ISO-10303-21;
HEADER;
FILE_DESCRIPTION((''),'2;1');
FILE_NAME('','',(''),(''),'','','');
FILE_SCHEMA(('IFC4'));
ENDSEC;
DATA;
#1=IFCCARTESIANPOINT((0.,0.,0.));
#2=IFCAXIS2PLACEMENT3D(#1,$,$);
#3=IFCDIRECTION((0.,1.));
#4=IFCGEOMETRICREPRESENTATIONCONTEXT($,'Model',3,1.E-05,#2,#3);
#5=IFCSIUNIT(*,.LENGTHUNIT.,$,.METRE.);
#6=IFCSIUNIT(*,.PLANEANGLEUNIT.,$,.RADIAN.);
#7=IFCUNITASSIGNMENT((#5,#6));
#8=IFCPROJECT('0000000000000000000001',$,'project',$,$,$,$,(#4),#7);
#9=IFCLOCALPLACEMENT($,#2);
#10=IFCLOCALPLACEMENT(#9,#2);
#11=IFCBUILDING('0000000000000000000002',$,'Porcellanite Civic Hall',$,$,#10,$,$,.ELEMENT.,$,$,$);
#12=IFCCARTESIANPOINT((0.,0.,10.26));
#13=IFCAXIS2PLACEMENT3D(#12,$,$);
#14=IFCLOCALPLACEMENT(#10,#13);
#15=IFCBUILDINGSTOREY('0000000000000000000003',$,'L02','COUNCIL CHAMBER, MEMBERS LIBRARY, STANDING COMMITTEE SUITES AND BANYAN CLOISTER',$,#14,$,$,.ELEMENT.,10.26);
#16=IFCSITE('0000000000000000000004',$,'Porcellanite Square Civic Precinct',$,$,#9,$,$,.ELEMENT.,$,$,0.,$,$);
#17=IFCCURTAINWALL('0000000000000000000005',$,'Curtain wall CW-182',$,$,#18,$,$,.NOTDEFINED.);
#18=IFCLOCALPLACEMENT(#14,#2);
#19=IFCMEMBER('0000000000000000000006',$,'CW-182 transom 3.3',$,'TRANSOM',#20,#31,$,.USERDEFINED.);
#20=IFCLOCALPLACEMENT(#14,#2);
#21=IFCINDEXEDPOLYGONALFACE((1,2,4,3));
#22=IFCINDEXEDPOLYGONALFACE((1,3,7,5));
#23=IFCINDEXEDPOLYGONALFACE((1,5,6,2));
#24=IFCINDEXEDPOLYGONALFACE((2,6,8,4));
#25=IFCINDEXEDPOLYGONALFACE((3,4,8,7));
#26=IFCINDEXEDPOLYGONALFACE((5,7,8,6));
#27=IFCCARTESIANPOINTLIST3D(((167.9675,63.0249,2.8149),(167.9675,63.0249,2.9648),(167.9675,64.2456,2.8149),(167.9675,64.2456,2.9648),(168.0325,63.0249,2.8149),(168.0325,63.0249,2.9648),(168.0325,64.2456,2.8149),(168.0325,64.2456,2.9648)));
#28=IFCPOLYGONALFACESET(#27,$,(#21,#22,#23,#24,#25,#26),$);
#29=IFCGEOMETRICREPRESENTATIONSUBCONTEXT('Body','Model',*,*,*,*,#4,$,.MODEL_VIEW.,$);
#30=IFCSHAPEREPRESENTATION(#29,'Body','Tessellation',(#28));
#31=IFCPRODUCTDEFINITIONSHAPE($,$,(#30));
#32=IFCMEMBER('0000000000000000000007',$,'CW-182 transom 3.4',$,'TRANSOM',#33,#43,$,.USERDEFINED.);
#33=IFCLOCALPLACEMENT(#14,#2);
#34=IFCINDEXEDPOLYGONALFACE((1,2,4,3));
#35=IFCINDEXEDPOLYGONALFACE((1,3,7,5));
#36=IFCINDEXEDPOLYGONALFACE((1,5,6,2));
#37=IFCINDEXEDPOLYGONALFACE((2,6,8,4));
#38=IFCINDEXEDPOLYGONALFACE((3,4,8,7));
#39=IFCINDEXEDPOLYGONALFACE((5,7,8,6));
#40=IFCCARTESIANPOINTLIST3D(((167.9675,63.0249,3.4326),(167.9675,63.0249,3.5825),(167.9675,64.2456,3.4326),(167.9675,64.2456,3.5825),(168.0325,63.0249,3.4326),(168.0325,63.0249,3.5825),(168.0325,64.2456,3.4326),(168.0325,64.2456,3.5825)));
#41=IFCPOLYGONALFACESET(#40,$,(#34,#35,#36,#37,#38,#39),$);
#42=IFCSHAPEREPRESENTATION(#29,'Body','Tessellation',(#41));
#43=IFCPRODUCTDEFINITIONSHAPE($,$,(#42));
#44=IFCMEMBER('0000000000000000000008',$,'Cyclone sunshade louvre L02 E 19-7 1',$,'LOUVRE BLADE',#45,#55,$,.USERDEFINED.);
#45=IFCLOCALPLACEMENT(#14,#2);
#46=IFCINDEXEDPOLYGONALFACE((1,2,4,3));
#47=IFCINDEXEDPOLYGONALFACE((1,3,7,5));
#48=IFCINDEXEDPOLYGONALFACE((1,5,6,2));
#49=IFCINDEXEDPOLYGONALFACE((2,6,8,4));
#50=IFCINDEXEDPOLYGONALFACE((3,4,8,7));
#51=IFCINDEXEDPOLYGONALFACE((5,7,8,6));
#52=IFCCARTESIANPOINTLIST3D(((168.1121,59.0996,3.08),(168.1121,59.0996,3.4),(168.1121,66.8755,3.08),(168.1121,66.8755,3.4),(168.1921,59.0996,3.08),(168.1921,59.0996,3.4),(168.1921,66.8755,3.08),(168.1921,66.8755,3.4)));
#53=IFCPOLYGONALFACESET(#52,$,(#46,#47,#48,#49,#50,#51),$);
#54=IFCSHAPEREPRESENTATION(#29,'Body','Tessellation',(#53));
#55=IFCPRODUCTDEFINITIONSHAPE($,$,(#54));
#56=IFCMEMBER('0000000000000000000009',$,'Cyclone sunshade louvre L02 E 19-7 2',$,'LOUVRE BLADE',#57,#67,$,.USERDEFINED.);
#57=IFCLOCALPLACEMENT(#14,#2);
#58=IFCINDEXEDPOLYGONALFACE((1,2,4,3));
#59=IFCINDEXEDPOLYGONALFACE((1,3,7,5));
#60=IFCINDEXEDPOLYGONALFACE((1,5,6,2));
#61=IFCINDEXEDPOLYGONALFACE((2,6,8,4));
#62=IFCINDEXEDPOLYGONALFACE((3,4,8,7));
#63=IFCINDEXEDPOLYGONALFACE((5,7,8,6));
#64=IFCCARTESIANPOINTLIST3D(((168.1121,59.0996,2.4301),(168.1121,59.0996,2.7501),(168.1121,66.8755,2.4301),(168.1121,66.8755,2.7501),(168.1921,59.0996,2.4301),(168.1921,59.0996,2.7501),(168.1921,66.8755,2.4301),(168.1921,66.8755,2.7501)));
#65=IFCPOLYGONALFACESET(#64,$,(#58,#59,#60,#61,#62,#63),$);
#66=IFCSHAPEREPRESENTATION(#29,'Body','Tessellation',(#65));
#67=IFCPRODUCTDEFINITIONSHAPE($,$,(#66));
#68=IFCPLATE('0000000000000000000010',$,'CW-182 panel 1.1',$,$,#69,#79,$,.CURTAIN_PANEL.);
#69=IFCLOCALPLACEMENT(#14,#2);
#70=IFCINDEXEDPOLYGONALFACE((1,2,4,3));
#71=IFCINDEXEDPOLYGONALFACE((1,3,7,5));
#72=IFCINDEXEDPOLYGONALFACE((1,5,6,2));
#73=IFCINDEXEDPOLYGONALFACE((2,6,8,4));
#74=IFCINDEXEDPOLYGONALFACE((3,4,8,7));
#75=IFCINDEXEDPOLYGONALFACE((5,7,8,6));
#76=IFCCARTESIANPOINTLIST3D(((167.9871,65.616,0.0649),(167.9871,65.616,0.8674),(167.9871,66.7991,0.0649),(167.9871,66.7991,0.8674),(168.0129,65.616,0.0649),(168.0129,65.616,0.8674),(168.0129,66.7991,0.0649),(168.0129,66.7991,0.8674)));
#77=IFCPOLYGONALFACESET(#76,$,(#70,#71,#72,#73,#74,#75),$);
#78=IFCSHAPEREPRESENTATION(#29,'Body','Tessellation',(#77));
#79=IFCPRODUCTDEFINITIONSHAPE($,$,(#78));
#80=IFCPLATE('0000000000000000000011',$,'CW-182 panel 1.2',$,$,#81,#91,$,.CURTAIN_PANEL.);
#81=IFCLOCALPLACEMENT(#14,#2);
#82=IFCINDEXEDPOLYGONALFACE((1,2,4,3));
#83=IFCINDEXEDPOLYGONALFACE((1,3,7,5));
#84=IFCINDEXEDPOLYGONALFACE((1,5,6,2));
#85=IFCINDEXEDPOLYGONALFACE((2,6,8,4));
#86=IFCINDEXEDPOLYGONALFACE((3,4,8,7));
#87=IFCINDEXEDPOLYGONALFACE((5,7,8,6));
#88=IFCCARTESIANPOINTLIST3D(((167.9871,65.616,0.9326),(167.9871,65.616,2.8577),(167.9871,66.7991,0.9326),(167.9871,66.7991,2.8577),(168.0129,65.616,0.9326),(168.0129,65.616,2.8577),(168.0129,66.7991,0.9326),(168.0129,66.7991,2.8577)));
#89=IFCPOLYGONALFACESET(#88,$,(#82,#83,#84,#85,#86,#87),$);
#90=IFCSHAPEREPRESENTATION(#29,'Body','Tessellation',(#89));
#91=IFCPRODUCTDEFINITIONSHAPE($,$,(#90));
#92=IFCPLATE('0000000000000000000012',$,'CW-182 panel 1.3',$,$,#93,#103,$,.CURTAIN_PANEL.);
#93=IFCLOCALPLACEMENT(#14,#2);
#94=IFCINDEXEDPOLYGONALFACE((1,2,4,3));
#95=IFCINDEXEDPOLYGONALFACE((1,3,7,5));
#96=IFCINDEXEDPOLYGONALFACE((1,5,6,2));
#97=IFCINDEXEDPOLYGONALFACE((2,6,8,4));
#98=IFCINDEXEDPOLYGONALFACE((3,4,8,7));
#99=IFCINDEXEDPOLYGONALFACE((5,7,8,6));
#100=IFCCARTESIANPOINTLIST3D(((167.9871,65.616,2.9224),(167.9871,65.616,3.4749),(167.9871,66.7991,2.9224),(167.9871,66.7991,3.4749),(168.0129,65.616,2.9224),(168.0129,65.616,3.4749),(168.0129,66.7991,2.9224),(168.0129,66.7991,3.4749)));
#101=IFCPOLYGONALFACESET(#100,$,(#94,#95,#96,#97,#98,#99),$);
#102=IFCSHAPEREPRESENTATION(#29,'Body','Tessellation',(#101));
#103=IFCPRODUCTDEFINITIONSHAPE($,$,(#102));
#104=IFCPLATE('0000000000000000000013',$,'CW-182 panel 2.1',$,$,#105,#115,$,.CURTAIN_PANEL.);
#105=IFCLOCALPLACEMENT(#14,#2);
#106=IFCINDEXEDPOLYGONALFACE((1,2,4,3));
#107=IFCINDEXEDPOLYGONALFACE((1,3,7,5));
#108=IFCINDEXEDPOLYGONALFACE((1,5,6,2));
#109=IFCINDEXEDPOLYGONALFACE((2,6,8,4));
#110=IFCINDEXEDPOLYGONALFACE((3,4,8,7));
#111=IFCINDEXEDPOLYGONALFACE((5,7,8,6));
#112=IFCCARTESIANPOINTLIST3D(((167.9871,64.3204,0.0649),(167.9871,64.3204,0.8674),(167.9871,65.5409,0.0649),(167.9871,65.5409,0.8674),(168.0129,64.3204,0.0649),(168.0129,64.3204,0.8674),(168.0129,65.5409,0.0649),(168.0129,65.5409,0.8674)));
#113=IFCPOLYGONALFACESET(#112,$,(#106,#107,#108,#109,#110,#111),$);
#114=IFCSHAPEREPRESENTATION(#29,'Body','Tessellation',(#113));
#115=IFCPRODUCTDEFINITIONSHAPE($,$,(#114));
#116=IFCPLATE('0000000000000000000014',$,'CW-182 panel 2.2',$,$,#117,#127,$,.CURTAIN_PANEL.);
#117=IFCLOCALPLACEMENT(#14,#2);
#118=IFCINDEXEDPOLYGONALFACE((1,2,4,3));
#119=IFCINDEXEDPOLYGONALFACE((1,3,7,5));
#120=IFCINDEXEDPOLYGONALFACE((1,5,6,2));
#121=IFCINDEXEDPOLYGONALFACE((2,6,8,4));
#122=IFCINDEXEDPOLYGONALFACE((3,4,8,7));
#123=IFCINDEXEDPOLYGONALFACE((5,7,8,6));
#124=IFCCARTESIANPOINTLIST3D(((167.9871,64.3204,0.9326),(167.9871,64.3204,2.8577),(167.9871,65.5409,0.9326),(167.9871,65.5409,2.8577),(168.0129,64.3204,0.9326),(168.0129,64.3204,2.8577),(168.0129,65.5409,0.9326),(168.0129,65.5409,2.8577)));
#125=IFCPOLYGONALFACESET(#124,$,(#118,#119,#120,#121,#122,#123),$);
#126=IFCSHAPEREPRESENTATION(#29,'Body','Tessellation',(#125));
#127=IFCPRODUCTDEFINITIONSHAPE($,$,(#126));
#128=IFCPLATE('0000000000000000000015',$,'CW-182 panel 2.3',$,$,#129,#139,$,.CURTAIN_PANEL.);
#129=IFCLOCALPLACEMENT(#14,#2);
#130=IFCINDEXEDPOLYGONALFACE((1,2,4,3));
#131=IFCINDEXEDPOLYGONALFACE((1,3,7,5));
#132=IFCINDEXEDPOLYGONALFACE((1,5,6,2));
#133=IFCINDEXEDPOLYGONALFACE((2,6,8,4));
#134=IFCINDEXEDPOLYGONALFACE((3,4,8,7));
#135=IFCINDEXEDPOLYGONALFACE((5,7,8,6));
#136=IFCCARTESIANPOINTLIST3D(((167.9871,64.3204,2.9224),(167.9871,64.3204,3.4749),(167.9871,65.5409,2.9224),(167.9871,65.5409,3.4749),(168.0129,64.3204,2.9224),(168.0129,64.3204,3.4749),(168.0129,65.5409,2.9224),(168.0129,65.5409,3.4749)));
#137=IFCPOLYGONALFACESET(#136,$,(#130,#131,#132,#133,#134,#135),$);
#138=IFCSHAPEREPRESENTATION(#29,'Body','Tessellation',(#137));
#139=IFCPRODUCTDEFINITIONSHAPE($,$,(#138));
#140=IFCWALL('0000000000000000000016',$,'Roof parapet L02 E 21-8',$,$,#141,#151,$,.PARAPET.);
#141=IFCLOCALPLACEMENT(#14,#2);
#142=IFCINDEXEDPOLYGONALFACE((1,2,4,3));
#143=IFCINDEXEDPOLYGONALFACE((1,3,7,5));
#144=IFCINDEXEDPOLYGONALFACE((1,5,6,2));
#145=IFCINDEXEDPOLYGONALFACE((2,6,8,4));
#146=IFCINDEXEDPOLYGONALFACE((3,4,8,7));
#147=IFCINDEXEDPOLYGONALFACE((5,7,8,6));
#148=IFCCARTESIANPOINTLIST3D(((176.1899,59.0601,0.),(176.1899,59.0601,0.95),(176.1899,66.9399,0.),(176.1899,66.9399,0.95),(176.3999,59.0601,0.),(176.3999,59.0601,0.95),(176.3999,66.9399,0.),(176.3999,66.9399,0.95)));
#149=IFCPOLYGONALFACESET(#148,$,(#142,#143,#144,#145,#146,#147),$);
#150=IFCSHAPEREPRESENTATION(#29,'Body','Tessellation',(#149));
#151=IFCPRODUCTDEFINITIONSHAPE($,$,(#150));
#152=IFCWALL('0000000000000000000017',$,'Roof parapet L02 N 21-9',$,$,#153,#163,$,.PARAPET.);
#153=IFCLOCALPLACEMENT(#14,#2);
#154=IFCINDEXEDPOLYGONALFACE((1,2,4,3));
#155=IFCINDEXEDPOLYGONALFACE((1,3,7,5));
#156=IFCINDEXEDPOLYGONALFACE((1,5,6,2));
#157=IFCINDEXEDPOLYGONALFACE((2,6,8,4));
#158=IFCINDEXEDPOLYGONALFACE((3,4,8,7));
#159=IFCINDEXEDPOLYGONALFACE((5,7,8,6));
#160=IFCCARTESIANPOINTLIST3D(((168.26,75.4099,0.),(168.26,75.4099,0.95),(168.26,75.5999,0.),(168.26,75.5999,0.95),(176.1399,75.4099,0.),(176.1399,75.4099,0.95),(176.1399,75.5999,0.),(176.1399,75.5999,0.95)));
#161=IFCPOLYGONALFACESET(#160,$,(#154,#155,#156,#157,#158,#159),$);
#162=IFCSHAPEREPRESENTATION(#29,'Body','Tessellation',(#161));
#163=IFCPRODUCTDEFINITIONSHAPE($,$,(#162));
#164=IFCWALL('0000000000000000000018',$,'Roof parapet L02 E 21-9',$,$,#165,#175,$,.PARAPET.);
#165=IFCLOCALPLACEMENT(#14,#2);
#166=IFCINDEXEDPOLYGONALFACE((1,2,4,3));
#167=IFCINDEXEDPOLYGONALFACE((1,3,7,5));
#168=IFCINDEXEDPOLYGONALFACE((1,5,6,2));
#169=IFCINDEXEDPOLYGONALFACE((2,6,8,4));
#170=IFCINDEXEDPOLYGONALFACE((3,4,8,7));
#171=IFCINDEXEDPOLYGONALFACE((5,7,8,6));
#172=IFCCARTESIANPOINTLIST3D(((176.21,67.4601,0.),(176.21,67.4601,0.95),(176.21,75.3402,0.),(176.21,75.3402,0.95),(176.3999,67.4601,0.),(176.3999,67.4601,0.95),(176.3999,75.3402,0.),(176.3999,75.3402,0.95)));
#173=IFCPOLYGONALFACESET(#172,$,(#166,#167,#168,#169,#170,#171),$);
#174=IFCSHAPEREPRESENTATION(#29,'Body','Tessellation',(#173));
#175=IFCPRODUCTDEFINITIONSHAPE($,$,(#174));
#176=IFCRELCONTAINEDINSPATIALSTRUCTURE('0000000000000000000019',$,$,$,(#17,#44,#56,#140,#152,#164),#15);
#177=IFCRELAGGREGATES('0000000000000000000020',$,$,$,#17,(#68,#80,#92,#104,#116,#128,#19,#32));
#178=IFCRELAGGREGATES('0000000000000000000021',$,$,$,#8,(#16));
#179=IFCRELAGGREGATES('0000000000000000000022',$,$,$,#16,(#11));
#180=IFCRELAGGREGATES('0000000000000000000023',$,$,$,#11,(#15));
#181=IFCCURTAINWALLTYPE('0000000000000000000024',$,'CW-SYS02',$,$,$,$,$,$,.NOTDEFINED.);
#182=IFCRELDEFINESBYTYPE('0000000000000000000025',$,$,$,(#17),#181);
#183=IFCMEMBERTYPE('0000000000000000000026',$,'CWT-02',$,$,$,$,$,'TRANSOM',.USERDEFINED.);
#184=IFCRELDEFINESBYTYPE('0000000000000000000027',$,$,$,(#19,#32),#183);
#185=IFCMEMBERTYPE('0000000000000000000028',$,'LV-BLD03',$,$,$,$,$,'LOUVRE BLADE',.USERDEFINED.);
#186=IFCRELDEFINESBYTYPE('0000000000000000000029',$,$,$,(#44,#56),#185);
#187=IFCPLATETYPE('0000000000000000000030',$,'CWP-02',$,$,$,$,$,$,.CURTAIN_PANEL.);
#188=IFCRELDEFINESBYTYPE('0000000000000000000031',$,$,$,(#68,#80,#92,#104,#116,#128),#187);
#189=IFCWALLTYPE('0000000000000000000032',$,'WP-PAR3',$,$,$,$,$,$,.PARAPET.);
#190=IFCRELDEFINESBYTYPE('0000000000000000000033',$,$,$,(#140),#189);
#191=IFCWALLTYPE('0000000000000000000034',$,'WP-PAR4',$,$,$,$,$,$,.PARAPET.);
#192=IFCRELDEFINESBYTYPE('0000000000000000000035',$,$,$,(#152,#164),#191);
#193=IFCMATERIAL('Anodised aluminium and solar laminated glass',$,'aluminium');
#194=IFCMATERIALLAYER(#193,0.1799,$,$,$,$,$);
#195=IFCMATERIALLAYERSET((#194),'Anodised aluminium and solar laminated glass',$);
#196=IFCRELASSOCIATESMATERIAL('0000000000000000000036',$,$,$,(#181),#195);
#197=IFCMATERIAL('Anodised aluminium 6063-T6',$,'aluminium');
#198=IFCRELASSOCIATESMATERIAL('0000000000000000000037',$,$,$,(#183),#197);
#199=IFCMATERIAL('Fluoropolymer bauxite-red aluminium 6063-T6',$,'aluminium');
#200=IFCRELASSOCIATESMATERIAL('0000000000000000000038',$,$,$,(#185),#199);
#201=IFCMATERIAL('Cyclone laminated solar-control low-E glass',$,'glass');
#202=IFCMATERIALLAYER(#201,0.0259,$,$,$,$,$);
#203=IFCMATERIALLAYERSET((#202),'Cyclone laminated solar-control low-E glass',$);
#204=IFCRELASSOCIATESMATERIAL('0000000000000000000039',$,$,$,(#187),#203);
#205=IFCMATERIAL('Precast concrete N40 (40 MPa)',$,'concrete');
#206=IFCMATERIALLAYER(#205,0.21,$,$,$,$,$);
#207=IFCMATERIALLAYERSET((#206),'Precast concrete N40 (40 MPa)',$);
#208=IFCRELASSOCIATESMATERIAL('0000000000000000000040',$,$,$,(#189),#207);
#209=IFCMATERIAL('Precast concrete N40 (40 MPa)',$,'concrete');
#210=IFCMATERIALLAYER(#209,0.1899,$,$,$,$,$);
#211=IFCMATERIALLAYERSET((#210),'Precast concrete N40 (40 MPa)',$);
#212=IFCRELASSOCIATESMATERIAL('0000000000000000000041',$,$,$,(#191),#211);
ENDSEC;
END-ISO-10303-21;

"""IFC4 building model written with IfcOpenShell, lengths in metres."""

from ifc_helpers import new_model, si_unit, direction, frame, frame_2d, origin, origin_2d, place, context, subcontext, project, spatial, rectangle, extrude, material, layer, layer_set, material_profile, profile_set, type_object, element, aggregate, save


model = new_model("IFC4")

# Units and contexts
model_context = context("Model", 3, precision=1e-05, world=origin(), true_north=direction((0.0, 1.0)))
body_context = subcontext(model_context, "Body", "Model", "MODEL_VIEW")
ifc_project = project(units=[si_unit("LENGTHUNIT", "METRE"), si_unit("PLANEANGLEUNIT", "RADIAN")], contexts=[model_context])

# Site, building, storey
site_placement = place(None, origin())
site = spatial("IfcSite", under=ifc_project, at=site_placement, Name="Porcellanite Square Civic Precinct", CompositionType="ELEMENT", RefElevation=0.0)
building_placement = place(site_placement, origin())
building = spatial("IfcBuilding", under=site, at=building_placement, Name="Porcellanite Civic Hall", CompositionType="ELEMENT")
storey_placement = place(building_placement, frame((0.0, 0.0, 10.26)))
storey = spatial("IfcBuildingStorey", under=building, at=storey_placement, Name="L02", Description="COUNCIL CHAMBER, MEMBERS LIBRARY, STANDING COMMITTEE SUITES AND BANYAN CLOISTER", CompositionType="ELEMENT", Elevation=10.26)

# Curtain wall, members
ifc_material_1 = material(Name="Anodised aluminium and solar laminated glass", Category="aluminium")
ifc_layer_1 = layer(ifc_material_1, 0.1799)
ifc_layer_set_1 = layer_set([ifc_layer_1], Name="Anodised aluminium and solar laminated glass")
curtain_wall_type = type_object("IfcCurtainWallType", Name="CW-SYS02", PredefinedType="NOTDEFINED", material=ifc_layer_set_1)
curtain_wall_placement = place(storey_placement, origin())
curtain_wall = element("IfcCurtainWall", 1, at=curtain_wall_placement, inside=storey, type_object=curtain_wall_type, Name="Curtain wall CW-182", PredefinedType="NOTDEFINED")
ifc_material_2 = material(Name="Anodised aluminium 6063-T6", Category="aluminium")
ifc_material_profile_1 = material_profile(ifc_material_2, rectangle(XDim=0.0649, YDim=0.1499, at=origin_2d()), Name="AL-65x150")
ifc_profile_set_1 = profile_set([ifc_material_profile_1], Name="Anodised aluminium 6063-T6")
member_type_1 = type_object("IfcMemberType", Name="CWT-02", ElementType="TRANSOM", PredefinedType="USERDEFINED", material=ifc_profile_set_1)
member_1_placement = place(storey_placement, frame((168.0, 64.2456, 2.8899), z_axis=(0.0, -1.0, 0.0), x_axis=(1.0, 0.0, 0.0)))
member_1 = element("IfcMember", 2, at=member_1_placement, type_object=member_type_1, Name="CW-182 transom 3.3", ObjectType="TRANSOM", PredefinedType="USERDEFINED", context=body_context, shape_type="SweptSolid", body=[
    extrude(rectangle(XDim=0.0649, YDim=0.1499, at=origin_2d()), origin(), (0.0, 0.0, 1.0), 1.2207),
])
member_2_placement = place(storey_placement, frame((168.0, 64.2456, 3.5076), z_axis=(0.0, -1.0, 0.0), x_axis=(1.0, 0.0, 0.0)))
member_2 = element("IfcMember", 3, at=member_2_placement, type_object=member_type_1, Name="CW-182 transom 3.4", ObjectType="TRANSOM", PredefinedType="USERDEFINED", context=body_context, shape_type="SweptSolid", body=[
    extrude(rectangle(XDim=0.0649, YDim=0.1499, at=origin_2d()), origin(), (0.0, 0.0, 1.0), 1.2207),
])

# Members
ifc_material_3 = material(Name="Fluoropolymer bauxite-red aluminium 6063-T6", Category="aluminium")
ifc_material_profile_2 = material_profile(ifc_material_3, rectangle(XDim=0.0801, YDim=0.3201, at=origin_2d()), Name="AL-80x320")
ifc_profile_set_2 = profile_set([ifc_material_profile_2], Name="Fluoropolymer bauxite-red aluminium 6063-T6")
member_type_2 = type_object("IfcMemberType", Name="LV-BLD03", ElementType="LOUVRE BLADE", PredefinedType="USERDEFINED", material=ifc_profile_set_2)
for number, where, z_axis, x_axis, name in (
    (4, (168.1521, 66.8755, 3.24), (0.0, -1.0, 0.0), (1.0, 0.0, 0.0), "Cyclone sunshade louvre L02 E 19-7 1"),
    (5, (168.1521, 66.8755, 2.5901), (0.0, -1.0, 0.0), (1.0, 0.0, 0.0), "Cyclone sunshade louvre L02 E 19-7 2"),
):
    element("IfcMember", number, at=place(storey_placement, frame(where, z_axis=z_axis, x_axis=x_axis)), inside=storey, type_object=member_type_2, Name=name, ObjectType="LOUVRE BLADE", PredefinedType="USERDEFINED", context=body_context, shape_type="SweptSolid", body=[
        extrude(rectangle(XDim=0.0801, YDim=0.3201, at=origin_2d()), origin(), (0.0, 0.0, 1.0), 7.7759),
    ])

# Plates
ifc_material_4 = material(Name="Cyclone laminated solar-control low-E glass", Category="glass")
ifc_layer_2 = layer(ifc_material_4, 0.0259)
ifc_layer_set_2 = layer_set([ifc_layer_2], Name="Cyclone laminated solar-control low-E glass")
plate_type = type_object("IfcPlateType", Name="CWP-02", PredefinedType="CURTAIN_PANEL", material=ifc_layer_set_2)
plate_1_placement = place(storey_placement, frame((168.0, 66.2075, 0.0649), z_axis=(0.0, 0.0, 1.0), x_axis=(0.0, -1.0, 0.0)))
plate_1 = element("IfcPlate", 6, at=plate_1_placement, type_object=plate_type, Name="CW-182 panel 1.1", PredefinedType="CURTAIN_PANEL", context=body_context, shape_type="SweptSolid", body=[
    extrude(rectangle(XDim=1.1831, YDim=0.0259, at=origin_2d()), origin(), (0.0, 0.0, 1.0), 0.8025),
])
plate_2_placement = place(storey_placement, frame((168.0, 66.2075, 0.9326), z_axis=(0.0, 0.0, 1.0), x_axis=(0.0, -1.0, 0.0)))
plate_2 = element("IfcPlate", 7, at=plate_2_placement, type_object=plate_type, Name="CW-182 panel 1.2", PredefinedType="CURTAIN_PANEL", context=body_context, shape_type="SweptSolid", body=[
    extrude(rectangle(XDim=1.1831, YDim=0.0259, at=origin_2d()), origin(), (0.0, 0.0, 1.0), 1.925),
])
plate_3_placement = place(storey_placement, frame((168.0, 66.2075, 2.9224), z_axis=(0.0, 0.0, 1.0), x_axis=(0.0, -1.0, 0.0)))
plate_3 = element("IfcPlate", 8, at=plate_3_placement, type_object=plate_type, Name="CW-182 panel 1.3", PredefinedType="CURTAIN_PANEL", context=body_context, shape_type="SweptSolid", body=[
    extrude(rectangle(XDim=1.1831, YDim=0.0259, at=origin_2d()), origin(), (0.0, 0.0, 1.0), 0.5525),
])
plate_4_placement = place(storey_placement, frame((168.0, 64.9307, 0.0649), z_axis=(0.0, 0.0, 1.0), x_axis=(0.0, -1.0, 0.0)))
plate_4 = element("IfcPlate", 9, at=plate_4_placement, type_object=plate_type, Name="CW-182 panel 2.1", PredefinedType="CURTAIN_PANEL", context=body_context, shape_type="SweptSolid", body=[
    extrude(rectangle(XDim=1.2205, YDim=0.0259, at=origin_2d()), origin(), (0.0, 0.0, 1.0), 0.8025),
])
plate_5_placement = place(storey_placement, frame((168.0, 64.9307, 0.9326), z_axis=(0.0, 0.0, 1.0), x_axis=(0.0, -1.0, 0.0)))
plate_5 = element("IfcPlate", 10, at=plate_5_placement, type_object=plate_type, Name="CW-182 panel 2.2", PredefinedType="CURTAIN_PANEL", context=body_context, shape_type="SweptSolid", body=[
    extrude(rectangle(XDim=1.2205, YDim=0.0259, at=origin_2d()), origin(), (0.0, 0.0, 1.0), 1.925),
])
plate_6_placement = place(storey_placement, frame((168.0, 64.9307, 2.9224), z_axis=(0.0, 0.0, 1.0), x_axis=(0.0, -1.0, 0.0)))
plate_6 = element("IfcPlate", 11, at=plate_6_placement, type_object=plate_type, Name="CW-182 panel 2.3", PredefinedType="CURTAIN_PANEL", context=body_context, shape_type="SweptSolid", body=[
    extrude(rectangle(XDim=1.2205, YDim=0.0259, at=origin_2d()), origin(), (0.0, 0.0, 1.0), 0.5525),
])
aggregate(curtain_wall, [plate_1, plate_2, plate_3, plate_4, plate_5, plate_6, member_1, member_2])

# Walls
ifc_material_5 = material(Name="Precast concrete N40 (40 MPa)", Category="concrete")
ifc_layer_3 = layer(ifc_material_5, 0.21)
ifc_layer_set_3 = layer_set([ifc_layer_3], Name="Precast concrete N40 (40 MPa)")
wall_type_1 = type_object("IfcWallType", Name="WP-PAR3", PredefinedType="PARAPET", material=ifc_layer_set_3)
wall_1_placement = place(storey_placement, frame((176.2949, 66.9399, 0.0), z_axis=(0.0, 0.0, 1.0), x_axis=(0.0, -1.0, 0.0)))
element("IfcWall", 12, at=wall_1_placement, inside=storey, type_object=wall_type_1, Name="Roof parapet L02 E 21-8", PredefinedType="PARAPET", context=body_context, shape_type="SweptSolid", body=[
    extrude(rectangle(XDim=7.8799, YDim=0.21, at=frame_2d((3.9399, 0.0))), origin(), (0.0, 0.0, 1.0), 0.95),
])
ifc_material_6 = material(Name="Precast concrete N40 (40 MPa)", Category="concrete")
ifc_layer_4 = layer(ifc_material_6, 0.1899)
ifc_layer_set_4 = layer_set([ifc_layer_4], Name="Precast concrete N40 (40 MPa)")
wall_type_2 = type_object("IfcWallType", Name="WP-PAR4", PredefinedType="PARAPET", material=ifc_layer_set_4)
wall_2_placement = place(storey_placement, frame((168.26, 75.5049, 0.0), z_axis=(0.0, 0.0, 1.0), x_axis=(1.0, 0.0, 0.0)))
element("IfcWall", 13, at=wall_2_placement, inside=storey, type_object=wall_type_2, Name="Roof parapet L02 N 21-9", PredefinedType="PARAPET", context=body_context, shape_type="SweptSolid", body=[
    extrude(rectangle(XDim=7.8799, YDim=0.1899, at=frame_2d((3.9399, 0.0))), origin(), (0.0, 0.0, 1.0), 0.95),
])
wall_3_placement = place(storey_placement, frame((176.3049, 75.3401, 0.0), z_axis=(0.0, 0.0, 1.0), x_axis=(0.0, -1.0, 0.0)))
element("IfcWall", 14, at=wall_3_placement, inside=storey, type_object=wall_type_2, Name="Roof parapet L02 E 21-9", PredefinedType="PARAPET", context=body_context, shape_type="SweptSolid", body=[
    extrude(rectangle(XDim=7.8801, YDim=0.1899, at=frame_2d((3.9399, 0.0))), origin(), (0.0, 0.0, 1.0), 0.95),
])

save(model, "model.ifc")
